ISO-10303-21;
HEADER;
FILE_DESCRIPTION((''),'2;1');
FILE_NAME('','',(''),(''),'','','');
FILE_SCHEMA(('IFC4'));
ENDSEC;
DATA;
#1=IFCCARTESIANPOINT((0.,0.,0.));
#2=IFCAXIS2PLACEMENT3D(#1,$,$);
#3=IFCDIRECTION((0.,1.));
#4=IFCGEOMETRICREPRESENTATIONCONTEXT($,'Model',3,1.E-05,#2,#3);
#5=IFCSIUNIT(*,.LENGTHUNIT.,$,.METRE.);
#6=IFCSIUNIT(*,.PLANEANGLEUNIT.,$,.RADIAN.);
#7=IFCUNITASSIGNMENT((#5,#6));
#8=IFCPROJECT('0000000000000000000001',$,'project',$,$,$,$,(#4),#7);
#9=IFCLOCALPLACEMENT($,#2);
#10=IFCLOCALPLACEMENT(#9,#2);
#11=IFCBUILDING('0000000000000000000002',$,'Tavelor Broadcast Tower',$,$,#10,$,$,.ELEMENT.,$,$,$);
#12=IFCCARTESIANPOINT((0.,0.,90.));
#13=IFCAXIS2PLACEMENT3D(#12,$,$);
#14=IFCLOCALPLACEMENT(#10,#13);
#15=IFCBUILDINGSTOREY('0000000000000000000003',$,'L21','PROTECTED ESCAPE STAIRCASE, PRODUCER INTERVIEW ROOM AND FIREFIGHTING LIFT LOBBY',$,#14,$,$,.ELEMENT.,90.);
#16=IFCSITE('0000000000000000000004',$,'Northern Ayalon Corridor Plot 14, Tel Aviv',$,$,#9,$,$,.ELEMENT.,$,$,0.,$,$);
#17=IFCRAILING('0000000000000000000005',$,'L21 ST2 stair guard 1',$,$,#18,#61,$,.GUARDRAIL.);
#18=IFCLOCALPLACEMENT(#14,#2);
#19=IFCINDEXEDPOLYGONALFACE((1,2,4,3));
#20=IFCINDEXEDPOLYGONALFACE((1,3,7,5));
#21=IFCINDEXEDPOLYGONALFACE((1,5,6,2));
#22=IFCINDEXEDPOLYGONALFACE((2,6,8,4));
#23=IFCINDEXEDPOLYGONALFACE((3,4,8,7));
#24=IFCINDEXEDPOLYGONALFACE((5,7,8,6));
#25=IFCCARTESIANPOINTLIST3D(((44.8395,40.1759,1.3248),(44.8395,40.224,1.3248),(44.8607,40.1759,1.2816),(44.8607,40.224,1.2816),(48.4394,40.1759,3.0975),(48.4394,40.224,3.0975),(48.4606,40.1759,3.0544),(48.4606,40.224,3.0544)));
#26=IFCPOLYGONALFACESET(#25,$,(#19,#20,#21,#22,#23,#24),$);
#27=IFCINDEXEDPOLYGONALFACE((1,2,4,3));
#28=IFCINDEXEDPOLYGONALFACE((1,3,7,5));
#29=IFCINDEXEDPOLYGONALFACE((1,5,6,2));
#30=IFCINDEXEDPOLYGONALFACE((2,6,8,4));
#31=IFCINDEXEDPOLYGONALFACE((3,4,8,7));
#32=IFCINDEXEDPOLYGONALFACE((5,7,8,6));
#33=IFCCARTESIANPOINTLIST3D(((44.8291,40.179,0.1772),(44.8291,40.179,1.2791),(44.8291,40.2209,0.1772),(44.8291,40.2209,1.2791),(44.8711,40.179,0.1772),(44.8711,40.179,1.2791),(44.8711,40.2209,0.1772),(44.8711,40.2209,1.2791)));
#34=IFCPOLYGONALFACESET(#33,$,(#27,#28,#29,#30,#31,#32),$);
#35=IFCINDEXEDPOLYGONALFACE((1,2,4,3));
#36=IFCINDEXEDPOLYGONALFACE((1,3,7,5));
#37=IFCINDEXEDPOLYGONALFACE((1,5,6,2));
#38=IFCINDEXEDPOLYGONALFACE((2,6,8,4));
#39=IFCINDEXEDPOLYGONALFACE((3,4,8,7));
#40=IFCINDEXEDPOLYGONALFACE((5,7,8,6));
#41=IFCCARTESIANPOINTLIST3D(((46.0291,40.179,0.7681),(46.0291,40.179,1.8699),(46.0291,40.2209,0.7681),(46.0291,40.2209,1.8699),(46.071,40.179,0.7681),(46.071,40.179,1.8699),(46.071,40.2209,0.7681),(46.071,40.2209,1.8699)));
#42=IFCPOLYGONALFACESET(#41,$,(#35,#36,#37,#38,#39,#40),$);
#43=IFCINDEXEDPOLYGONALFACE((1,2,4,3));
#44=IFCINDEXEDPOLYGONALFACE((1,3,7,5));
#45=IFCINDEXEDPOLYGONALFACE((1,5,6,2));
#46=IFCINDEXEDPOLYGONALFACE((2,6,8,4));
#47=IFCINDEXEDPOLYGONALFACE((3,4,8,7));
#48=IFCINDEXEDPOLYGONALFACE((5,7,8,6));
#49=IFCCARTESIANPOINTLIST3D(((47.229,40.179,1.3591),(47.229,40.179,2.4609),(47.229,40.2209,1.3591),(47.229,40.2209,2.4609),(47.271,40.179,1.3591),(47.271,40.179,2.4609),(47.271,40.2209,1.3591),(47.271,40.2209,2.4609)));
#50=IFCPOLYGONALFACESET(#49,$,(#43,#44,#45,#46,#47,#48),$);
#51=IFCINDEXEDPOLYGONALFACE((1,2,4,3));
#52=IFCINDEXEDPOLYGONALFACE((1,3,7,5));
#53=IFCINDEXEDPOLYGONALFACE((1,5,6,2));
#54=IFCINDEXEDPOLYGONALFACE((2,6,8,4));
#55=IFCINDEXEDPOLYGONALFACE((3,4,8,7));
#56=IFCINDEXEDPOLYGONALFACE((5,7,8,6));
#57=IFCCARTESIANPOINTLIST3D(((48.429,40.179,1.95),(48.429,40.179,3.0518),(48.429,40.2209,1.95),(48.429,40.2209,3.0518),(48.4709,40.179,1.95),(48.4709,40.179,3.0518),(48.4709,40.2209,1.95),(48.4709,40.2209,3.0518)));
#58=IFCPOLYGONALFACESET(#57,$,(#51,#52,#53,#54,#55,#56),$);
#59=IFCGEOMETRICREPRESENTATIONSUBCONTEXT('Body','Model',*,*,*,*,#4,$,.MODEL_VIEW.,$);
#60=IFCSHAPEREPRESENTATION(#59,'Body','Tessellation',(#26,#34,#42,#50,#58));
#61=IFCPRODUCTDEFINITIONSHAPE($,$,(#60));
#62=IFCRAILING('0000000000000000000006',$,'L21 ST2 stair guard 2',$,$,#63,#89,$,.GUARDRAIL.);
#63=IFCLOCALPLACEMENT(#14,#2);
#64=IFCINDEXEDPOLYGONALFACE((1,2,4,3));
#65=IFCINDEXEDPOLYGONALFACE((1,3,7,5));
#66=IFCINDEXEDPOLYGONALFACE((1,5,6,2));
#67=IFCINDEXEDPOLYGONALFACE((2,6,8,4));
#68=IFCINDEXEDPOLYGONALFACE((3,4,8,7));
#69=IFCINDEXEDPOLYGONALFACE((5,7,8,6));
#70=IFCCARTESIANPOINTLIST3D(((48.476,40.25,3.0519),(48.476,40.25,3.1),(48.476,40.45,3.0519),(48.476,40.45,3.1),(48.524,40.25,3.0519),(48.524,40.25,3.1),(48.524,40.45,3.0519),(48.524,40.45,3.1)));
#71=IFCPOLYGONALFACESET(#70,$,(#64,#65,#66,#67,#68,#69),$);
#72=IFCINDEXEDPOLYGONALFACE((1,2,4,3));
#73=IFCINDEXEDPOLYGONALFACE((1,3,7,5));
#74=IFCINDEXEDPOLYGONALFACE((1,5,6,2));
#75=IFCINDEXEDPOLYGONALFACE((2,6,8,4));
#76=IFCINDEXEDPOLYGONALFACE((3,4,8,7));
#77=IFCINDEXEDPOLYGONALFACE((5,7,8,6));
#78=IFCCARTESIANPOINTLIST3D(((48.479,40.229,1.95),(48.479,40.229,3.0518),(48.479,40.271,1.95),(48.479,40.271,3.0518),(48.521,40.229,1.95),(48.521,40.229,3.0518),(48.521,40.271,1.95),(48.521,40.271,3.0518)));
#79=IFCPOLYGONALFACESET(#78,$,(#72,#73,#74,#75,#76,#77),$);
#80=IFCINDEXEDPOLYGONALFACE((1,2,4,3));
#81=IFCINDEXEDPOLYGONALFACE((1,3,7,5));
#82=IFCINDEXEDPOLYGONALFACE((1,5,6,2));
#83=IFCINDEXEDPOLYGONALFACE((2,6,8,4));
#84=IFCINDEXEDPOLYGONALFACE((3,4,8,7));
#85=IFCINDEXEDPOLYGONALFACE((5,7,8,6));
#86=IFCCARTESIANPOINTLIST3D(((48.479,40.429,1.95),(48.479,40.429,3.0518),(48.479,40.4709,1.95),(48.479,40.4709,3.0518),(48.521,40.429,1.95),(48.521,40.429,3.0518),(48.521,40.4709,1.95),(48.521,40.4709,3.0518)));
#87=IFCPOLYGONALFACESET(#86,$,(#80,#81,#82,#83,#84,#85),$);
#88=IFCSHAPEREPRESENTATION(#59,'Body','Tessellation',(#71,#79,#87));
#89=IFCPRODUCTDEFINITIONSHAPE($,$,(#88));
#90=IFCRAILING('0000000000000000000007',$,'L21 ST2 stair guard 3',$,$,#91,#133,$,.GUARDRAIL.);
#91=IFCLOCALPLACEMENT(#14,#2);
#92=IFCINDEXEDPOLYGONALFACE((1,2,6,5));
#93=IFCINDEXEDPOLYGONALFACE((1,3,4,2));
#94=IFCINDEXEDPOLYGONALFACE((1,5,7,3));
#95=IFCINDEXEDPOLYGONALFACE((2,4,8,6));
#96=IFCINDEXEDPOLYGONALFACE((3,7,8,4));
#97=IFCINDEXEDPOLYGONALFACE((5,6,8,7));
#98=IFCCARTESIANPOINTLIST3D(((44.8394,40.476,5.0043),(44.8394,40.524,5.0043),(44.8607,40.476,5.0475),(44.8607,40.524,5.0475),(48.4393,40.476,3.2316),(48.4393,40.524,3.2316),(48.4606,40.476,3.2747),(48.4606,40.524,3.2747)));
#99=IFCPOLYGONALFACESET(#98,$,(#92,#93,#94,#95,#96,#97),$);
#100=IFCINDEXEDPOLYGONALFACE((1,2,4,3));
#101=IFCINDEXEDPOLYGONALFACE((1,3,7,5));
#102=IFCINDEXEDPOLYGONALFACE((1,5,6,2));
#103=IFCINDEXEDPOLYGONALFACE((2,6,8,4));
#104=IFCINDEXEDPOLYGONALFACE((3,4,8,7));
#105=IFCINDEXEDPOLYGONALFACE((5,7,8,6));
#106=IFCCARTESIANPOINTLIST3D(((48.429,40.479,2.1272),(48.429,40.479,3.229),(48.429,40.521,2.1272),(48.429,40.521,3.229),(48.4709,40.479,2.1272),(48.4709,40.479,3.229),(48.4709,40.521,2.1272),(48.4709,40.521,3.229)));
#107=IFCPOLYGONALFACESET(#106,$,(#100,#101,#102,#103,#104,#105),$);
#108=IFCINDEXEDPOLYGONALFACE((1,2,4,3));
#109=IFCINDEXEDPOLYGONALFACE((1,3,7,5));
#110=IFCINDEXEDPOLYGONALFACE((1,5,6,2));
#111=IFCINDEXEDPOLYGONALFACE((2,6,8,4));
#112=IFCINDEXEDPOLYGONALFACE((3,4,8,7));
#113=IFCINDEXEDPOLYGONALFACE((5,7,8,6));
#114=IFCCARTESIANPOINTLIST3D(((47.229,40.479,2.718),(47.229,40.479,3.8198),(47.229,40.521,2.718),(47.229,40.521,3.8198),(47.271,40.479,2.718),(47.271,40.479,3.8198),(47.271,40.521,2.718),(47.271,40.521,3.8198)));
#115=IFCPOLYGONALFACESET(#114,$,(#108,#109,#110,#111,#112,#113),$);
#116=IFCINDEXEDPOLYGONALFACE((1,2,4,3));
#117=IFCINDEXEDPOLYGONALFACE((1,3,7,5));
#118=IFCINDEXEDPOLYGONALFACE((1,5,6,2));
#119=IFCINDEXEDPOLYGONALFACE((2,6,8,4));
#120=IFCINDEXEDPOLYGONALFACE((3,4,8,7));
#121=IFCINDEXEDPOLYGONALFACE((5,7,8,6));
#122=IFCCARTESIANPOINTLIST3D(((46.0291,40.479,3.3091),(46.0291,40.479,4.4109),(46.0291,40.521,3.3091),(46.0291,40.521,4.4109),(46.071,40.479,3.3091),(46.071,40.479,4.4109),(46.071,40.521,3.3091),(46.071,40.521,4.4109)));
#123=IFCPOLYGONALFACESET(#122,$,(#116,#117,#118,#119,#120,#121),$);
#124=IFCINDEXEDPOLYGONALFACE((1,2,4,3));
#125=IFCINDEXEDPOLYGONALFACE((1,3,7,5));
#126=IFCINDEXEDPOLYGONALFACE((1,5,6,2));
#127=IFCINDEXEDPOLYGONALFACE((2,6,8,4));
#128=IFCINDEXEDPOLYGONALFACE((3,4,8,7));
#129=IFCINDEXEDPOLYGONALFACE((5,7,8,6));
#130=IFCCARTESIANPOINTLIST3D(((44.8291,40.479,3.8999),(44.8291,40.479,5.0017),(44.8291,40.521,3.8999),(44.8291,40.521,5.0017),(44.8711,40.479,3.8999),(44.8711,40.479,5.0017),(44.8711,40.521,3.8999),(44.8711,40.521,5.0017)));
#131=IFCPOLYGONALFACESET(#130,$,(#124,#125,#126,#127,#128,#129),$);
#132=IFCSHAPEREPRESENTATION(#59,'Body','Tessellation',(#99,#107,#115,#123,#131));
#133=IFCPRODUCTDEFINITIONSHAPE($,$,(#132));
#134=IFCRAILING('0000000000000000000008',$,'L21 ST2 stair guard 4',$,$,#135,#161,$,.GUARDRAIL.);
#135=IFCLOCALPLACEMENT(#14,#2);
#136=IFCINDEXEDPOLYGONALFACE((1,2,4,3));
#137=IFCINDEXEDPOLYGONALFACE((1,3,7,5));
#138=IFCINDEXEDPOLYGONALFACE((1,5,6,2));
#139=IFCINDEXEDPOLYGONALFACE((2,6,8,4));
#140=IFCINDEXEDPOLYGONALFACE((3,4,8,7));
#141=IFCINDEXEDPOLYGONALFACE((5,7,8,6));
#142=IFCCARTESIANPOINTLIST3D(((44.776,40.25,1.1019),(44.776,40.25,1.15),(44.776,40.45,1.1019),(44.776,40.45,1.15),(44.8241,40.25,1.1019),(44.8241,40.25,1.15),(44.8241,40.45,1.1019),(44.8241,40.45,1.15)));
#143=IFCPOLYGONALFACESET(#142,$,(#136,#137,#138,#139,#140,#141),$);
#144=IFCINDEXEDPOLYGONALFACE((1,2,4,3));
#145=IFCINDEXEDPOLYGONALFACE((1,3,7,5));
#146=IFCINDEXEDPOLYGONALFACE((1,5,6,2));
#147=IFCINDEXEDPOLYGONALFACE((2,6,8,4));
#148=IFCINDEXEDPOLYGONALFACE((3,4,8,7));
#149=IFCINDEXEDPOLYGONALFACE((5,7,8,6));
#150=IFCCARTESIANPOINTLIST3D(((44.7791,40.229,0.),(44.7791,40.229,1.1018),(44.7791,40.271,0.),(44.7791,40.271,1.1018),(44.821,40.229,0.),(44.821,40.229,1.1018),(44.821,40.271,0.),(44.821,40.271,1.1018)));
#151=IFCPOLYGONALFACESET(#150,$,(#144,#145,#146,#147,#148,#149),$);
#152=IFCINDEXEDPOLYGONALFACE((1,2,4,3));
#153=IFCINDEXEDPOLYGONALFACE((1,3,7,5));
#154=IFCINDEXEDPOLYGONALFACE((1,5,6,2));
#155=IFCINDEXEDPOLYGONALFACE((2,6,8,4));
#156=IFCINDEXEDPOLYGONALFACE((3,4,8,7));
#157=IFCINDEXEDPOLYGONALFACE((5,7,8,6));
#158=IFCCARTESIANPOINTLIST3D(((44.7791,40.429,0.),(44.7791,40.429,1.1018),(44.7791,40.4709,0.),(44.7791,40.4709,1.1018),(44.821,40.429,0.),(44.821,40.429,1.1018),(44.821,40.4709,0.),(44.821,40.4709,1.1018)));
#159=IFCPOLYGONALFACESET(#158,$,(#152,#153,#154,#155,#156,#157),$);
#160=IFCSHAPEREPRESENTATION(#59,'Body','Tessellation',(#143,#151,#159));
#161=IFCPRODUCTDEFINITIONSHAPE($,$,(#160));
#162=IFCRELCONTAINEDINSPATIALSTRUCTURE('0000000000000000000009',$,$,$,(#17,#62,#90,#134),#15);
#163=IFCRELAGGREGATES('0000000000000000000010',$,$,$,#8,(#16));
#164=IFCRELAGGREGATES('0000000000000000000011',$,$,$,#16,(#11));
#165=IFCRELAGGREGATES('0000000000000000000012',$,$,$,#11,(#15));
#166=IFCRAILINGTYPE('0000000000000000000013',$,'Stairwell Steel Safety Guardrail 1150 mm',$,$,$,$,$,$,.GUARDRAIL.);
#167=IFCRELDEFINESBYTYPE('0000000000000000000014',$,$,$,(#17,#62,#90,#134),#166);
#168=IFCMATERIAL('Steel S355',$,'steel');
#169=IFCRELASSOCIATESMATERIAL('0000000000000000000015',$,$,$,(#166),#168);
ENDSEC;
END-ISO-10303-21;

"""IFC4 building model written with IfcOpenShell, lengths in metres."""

from ifc_helpers import new_model, si_unit, direction, frame, origin, origin_2d, place, context, subcontext, project, spatial, rectangle, extrude, material, type_object, element, save


model = new_model("IFC4")

# Units and contexts
model_context = context("Model", 3, precision=1e-05, world=origin(), true_north=direction((0.0, 1.0)))
body_context = subcontext(model_context, "Body", "Model", "MODEL_VIEW")
ifc_project = project(units=[si_unit("LENGTHUNIT", "METRE"), si_unit("PLANEANGLEUNIT", "RADIAN")], contexts=[model_context])

# Site, building, storey
site_placement = place(None, origin())
site = spatial("IfcSite", under=ifc_project, at=site_placement, Name="Northern Ayalon Corridor Plot 14, Tel Aviv", CompositionType="ELEMENT", RefElevation=0.0)
building_placement = place(site_placement, origin())
building = spatial("IfcBuilding", under=site, at=building_placement, Name="Tavelor Broadcast Tower", CompositionType="ELEMENT")
storey_placement = place(building_placement, frame((0.0, 0.0, 90.0)))
storey = spatial("IfcBuildingStorey", under=building, at=storey_placement, Name="L21", Description="PROTECTED ESCAPE STAIRCASE, PRODUCER INTERVIEW ROOM AND FIREFIGHTING LIFT LOBBY", CompositionType="ELEMENT", Elevation=90.0)

# Shared definitions
ifc_material_1 = material(Name="Steel S355", Category="steel")

# Railings
railing_type_1 = type_object("IfcRailingType", Name="Stairwell Steel Safety Guardrail 1150 mm", PredefinedType="GUARDRAIL", material=ifc_material_1)
railing_1_placement = place(storey_placement, frame((44.8501, 40.2, 0.1772)))
element("IfcRailing", 1, at=railing_1_placement, inside=storey, type_object=railing_type_1, Name="L21 ST2 stair guard 1", PredefinedType="GUARDRAIL", context=body_context, shape_type="SweptSolid", body=[
    extrude(rectangle(XDim=0.0481, YDim=0.0481, at=origin_2d()), frame((0.0, 0.0, 1.126), z_axis=(0.897124, 0.0, 0.441778), x_axis=(0.0, 1.0, 0.0)), (0.0, 0.0, 1.0), 4.0127),
    extrude(rectangle(XDim=0.042, YDim=0.042, at=origin_2d()), origin(), (0.0, 0.0, 1.0), 1.1018),
    extrude(rectangle(XDim=0.042, YDim=0.042, at=origin_2d()), frame((1.2, 0.0, 0.5908)), (0.0, 0.0, 1.0), 1.1018),
    extrude(rectangle(XDim=0.042, YDim=0.042, at=origin_2d()), frame((2.3999, 0.0, 1.1819)), (0.0, 0.0, 1.0), 1.1018),
    extrude(rectangle(XDim=0.042, YDim=0.042, at=origin_2d()), frame((3.5999, 0.0, 1.7727)), (0.0, 0.0, 1.0), 1.1018),
])
railing_2_placement = place(storey_placement, frame((48.5, 40.25, 1.95)))
element("IfcRailing", 2, at=railing_2_placement, inside=storey, type_object=railing_type_1, Name="L21 ST2 stair guard 2", PredefinedType="GUARDRAIL", context=body_context, shape_type="SweptSolid", body=[
    extrude(rectangle(XDim=0.0481, YDim=0.0481, at=origin_2d()), frame((0.0, 0.0, 1.126), z_axis=(0.0, 1.0, 0.0), x_axis=(-1.0, 0.0, 0.0)), (0.0, 0.0, 1.0), 0.2),
    extrude(rectangle(XDim=0.042, YDim=0.042, at=origin_2d()), origin(), (0.0, 0.0, 1.0), 1.1018),
    extrude(rectangle(XDim=0.042, YDim=0.042, at=origin_2d()), frame((0.0, 0.2, 0.0)), (0.0, 0.0, 1.0), 1.1018),
])
railing_3_placement = place(storey_placement, frame((48.45, 40.5, 2.1272)))
element("IfcRailing", 3, at=railing_3_placement, inside=storey, type_object=railing_type_1, Name="L21 ST2 stair guard 3", PredefinedType="GUARDRAIL", context=body_context, shape_type="SweptSolid", body=[
    extrude(rectangle(XDim=0.0481, YDim=0.0481, at=origin_2d()), frame((0.0, 0.0, 1.126), z_axis=(-0.897124, 0.0, 0.441778), x_axis=(0.0, -1.0, 0.0)), (0.0, 0.0, 1.0), 4.0127),
    extrude(rectangle(XDim=0.042, YDim=0.042, at=origin_2d()), origin(), (0.0, 0.0, 1.0), 1.1018),
    extrude(rectangle(XDim=0.042, YDim=0.042, at=origin_2d()), frame((-1.2, 0.0, 0.5908)), (0.0, 0.0, 1.0), 1.1018),
    extrude(rectangle(XDim=0.042, YDim=0.042, at=origin_2d()), frame((-2.3999, 0.0, 1.1819)), (0.0, 0.0, 1.0), 1.1018),
    extrude(rectangle(XDim=0.042, YDim=0.042, at=origin_2d()), frame((-3.5999, 0.0, 1.7727)), (0.0, 0.0, 1.0), 1.1018),
])
railing_4_placement = place(storey_placement, frame((44.8, 40.25, 0.0)))
element("IfcRailing", 4, at=railing_4_placement, inside=storey, type_object=railing_type_1, Name="L21 ST2 stair guard 4", PredefinedType="GUARDRAIL", context=body_context, shape_type="SweptSolid", body=[
    extrude(rectangle(XDim=0.0481, YDim=0.0481, at=origin_2d()), frame((0.0, 0.0, 1.126), z_axis=(0.0, 1.0, 0.0), x_axis=(-1.0, 0.0, 0.0)), (0.0, 0.0, 1.0), 0.2),
    extrude(rectangle(XDim=0.042, YDim=0.042, at=origin_2d()), origin(), (0.0, 0.0, 1.0), 1.1018),
    extrude(rectangle(XDim=0.042, YDim=0.042, at=origin_2d()), frame((0.0, 0.2, 0.0)), (0.0, 0.0, 1.0), 1.1018),
])

save(model, "model.ifc")
